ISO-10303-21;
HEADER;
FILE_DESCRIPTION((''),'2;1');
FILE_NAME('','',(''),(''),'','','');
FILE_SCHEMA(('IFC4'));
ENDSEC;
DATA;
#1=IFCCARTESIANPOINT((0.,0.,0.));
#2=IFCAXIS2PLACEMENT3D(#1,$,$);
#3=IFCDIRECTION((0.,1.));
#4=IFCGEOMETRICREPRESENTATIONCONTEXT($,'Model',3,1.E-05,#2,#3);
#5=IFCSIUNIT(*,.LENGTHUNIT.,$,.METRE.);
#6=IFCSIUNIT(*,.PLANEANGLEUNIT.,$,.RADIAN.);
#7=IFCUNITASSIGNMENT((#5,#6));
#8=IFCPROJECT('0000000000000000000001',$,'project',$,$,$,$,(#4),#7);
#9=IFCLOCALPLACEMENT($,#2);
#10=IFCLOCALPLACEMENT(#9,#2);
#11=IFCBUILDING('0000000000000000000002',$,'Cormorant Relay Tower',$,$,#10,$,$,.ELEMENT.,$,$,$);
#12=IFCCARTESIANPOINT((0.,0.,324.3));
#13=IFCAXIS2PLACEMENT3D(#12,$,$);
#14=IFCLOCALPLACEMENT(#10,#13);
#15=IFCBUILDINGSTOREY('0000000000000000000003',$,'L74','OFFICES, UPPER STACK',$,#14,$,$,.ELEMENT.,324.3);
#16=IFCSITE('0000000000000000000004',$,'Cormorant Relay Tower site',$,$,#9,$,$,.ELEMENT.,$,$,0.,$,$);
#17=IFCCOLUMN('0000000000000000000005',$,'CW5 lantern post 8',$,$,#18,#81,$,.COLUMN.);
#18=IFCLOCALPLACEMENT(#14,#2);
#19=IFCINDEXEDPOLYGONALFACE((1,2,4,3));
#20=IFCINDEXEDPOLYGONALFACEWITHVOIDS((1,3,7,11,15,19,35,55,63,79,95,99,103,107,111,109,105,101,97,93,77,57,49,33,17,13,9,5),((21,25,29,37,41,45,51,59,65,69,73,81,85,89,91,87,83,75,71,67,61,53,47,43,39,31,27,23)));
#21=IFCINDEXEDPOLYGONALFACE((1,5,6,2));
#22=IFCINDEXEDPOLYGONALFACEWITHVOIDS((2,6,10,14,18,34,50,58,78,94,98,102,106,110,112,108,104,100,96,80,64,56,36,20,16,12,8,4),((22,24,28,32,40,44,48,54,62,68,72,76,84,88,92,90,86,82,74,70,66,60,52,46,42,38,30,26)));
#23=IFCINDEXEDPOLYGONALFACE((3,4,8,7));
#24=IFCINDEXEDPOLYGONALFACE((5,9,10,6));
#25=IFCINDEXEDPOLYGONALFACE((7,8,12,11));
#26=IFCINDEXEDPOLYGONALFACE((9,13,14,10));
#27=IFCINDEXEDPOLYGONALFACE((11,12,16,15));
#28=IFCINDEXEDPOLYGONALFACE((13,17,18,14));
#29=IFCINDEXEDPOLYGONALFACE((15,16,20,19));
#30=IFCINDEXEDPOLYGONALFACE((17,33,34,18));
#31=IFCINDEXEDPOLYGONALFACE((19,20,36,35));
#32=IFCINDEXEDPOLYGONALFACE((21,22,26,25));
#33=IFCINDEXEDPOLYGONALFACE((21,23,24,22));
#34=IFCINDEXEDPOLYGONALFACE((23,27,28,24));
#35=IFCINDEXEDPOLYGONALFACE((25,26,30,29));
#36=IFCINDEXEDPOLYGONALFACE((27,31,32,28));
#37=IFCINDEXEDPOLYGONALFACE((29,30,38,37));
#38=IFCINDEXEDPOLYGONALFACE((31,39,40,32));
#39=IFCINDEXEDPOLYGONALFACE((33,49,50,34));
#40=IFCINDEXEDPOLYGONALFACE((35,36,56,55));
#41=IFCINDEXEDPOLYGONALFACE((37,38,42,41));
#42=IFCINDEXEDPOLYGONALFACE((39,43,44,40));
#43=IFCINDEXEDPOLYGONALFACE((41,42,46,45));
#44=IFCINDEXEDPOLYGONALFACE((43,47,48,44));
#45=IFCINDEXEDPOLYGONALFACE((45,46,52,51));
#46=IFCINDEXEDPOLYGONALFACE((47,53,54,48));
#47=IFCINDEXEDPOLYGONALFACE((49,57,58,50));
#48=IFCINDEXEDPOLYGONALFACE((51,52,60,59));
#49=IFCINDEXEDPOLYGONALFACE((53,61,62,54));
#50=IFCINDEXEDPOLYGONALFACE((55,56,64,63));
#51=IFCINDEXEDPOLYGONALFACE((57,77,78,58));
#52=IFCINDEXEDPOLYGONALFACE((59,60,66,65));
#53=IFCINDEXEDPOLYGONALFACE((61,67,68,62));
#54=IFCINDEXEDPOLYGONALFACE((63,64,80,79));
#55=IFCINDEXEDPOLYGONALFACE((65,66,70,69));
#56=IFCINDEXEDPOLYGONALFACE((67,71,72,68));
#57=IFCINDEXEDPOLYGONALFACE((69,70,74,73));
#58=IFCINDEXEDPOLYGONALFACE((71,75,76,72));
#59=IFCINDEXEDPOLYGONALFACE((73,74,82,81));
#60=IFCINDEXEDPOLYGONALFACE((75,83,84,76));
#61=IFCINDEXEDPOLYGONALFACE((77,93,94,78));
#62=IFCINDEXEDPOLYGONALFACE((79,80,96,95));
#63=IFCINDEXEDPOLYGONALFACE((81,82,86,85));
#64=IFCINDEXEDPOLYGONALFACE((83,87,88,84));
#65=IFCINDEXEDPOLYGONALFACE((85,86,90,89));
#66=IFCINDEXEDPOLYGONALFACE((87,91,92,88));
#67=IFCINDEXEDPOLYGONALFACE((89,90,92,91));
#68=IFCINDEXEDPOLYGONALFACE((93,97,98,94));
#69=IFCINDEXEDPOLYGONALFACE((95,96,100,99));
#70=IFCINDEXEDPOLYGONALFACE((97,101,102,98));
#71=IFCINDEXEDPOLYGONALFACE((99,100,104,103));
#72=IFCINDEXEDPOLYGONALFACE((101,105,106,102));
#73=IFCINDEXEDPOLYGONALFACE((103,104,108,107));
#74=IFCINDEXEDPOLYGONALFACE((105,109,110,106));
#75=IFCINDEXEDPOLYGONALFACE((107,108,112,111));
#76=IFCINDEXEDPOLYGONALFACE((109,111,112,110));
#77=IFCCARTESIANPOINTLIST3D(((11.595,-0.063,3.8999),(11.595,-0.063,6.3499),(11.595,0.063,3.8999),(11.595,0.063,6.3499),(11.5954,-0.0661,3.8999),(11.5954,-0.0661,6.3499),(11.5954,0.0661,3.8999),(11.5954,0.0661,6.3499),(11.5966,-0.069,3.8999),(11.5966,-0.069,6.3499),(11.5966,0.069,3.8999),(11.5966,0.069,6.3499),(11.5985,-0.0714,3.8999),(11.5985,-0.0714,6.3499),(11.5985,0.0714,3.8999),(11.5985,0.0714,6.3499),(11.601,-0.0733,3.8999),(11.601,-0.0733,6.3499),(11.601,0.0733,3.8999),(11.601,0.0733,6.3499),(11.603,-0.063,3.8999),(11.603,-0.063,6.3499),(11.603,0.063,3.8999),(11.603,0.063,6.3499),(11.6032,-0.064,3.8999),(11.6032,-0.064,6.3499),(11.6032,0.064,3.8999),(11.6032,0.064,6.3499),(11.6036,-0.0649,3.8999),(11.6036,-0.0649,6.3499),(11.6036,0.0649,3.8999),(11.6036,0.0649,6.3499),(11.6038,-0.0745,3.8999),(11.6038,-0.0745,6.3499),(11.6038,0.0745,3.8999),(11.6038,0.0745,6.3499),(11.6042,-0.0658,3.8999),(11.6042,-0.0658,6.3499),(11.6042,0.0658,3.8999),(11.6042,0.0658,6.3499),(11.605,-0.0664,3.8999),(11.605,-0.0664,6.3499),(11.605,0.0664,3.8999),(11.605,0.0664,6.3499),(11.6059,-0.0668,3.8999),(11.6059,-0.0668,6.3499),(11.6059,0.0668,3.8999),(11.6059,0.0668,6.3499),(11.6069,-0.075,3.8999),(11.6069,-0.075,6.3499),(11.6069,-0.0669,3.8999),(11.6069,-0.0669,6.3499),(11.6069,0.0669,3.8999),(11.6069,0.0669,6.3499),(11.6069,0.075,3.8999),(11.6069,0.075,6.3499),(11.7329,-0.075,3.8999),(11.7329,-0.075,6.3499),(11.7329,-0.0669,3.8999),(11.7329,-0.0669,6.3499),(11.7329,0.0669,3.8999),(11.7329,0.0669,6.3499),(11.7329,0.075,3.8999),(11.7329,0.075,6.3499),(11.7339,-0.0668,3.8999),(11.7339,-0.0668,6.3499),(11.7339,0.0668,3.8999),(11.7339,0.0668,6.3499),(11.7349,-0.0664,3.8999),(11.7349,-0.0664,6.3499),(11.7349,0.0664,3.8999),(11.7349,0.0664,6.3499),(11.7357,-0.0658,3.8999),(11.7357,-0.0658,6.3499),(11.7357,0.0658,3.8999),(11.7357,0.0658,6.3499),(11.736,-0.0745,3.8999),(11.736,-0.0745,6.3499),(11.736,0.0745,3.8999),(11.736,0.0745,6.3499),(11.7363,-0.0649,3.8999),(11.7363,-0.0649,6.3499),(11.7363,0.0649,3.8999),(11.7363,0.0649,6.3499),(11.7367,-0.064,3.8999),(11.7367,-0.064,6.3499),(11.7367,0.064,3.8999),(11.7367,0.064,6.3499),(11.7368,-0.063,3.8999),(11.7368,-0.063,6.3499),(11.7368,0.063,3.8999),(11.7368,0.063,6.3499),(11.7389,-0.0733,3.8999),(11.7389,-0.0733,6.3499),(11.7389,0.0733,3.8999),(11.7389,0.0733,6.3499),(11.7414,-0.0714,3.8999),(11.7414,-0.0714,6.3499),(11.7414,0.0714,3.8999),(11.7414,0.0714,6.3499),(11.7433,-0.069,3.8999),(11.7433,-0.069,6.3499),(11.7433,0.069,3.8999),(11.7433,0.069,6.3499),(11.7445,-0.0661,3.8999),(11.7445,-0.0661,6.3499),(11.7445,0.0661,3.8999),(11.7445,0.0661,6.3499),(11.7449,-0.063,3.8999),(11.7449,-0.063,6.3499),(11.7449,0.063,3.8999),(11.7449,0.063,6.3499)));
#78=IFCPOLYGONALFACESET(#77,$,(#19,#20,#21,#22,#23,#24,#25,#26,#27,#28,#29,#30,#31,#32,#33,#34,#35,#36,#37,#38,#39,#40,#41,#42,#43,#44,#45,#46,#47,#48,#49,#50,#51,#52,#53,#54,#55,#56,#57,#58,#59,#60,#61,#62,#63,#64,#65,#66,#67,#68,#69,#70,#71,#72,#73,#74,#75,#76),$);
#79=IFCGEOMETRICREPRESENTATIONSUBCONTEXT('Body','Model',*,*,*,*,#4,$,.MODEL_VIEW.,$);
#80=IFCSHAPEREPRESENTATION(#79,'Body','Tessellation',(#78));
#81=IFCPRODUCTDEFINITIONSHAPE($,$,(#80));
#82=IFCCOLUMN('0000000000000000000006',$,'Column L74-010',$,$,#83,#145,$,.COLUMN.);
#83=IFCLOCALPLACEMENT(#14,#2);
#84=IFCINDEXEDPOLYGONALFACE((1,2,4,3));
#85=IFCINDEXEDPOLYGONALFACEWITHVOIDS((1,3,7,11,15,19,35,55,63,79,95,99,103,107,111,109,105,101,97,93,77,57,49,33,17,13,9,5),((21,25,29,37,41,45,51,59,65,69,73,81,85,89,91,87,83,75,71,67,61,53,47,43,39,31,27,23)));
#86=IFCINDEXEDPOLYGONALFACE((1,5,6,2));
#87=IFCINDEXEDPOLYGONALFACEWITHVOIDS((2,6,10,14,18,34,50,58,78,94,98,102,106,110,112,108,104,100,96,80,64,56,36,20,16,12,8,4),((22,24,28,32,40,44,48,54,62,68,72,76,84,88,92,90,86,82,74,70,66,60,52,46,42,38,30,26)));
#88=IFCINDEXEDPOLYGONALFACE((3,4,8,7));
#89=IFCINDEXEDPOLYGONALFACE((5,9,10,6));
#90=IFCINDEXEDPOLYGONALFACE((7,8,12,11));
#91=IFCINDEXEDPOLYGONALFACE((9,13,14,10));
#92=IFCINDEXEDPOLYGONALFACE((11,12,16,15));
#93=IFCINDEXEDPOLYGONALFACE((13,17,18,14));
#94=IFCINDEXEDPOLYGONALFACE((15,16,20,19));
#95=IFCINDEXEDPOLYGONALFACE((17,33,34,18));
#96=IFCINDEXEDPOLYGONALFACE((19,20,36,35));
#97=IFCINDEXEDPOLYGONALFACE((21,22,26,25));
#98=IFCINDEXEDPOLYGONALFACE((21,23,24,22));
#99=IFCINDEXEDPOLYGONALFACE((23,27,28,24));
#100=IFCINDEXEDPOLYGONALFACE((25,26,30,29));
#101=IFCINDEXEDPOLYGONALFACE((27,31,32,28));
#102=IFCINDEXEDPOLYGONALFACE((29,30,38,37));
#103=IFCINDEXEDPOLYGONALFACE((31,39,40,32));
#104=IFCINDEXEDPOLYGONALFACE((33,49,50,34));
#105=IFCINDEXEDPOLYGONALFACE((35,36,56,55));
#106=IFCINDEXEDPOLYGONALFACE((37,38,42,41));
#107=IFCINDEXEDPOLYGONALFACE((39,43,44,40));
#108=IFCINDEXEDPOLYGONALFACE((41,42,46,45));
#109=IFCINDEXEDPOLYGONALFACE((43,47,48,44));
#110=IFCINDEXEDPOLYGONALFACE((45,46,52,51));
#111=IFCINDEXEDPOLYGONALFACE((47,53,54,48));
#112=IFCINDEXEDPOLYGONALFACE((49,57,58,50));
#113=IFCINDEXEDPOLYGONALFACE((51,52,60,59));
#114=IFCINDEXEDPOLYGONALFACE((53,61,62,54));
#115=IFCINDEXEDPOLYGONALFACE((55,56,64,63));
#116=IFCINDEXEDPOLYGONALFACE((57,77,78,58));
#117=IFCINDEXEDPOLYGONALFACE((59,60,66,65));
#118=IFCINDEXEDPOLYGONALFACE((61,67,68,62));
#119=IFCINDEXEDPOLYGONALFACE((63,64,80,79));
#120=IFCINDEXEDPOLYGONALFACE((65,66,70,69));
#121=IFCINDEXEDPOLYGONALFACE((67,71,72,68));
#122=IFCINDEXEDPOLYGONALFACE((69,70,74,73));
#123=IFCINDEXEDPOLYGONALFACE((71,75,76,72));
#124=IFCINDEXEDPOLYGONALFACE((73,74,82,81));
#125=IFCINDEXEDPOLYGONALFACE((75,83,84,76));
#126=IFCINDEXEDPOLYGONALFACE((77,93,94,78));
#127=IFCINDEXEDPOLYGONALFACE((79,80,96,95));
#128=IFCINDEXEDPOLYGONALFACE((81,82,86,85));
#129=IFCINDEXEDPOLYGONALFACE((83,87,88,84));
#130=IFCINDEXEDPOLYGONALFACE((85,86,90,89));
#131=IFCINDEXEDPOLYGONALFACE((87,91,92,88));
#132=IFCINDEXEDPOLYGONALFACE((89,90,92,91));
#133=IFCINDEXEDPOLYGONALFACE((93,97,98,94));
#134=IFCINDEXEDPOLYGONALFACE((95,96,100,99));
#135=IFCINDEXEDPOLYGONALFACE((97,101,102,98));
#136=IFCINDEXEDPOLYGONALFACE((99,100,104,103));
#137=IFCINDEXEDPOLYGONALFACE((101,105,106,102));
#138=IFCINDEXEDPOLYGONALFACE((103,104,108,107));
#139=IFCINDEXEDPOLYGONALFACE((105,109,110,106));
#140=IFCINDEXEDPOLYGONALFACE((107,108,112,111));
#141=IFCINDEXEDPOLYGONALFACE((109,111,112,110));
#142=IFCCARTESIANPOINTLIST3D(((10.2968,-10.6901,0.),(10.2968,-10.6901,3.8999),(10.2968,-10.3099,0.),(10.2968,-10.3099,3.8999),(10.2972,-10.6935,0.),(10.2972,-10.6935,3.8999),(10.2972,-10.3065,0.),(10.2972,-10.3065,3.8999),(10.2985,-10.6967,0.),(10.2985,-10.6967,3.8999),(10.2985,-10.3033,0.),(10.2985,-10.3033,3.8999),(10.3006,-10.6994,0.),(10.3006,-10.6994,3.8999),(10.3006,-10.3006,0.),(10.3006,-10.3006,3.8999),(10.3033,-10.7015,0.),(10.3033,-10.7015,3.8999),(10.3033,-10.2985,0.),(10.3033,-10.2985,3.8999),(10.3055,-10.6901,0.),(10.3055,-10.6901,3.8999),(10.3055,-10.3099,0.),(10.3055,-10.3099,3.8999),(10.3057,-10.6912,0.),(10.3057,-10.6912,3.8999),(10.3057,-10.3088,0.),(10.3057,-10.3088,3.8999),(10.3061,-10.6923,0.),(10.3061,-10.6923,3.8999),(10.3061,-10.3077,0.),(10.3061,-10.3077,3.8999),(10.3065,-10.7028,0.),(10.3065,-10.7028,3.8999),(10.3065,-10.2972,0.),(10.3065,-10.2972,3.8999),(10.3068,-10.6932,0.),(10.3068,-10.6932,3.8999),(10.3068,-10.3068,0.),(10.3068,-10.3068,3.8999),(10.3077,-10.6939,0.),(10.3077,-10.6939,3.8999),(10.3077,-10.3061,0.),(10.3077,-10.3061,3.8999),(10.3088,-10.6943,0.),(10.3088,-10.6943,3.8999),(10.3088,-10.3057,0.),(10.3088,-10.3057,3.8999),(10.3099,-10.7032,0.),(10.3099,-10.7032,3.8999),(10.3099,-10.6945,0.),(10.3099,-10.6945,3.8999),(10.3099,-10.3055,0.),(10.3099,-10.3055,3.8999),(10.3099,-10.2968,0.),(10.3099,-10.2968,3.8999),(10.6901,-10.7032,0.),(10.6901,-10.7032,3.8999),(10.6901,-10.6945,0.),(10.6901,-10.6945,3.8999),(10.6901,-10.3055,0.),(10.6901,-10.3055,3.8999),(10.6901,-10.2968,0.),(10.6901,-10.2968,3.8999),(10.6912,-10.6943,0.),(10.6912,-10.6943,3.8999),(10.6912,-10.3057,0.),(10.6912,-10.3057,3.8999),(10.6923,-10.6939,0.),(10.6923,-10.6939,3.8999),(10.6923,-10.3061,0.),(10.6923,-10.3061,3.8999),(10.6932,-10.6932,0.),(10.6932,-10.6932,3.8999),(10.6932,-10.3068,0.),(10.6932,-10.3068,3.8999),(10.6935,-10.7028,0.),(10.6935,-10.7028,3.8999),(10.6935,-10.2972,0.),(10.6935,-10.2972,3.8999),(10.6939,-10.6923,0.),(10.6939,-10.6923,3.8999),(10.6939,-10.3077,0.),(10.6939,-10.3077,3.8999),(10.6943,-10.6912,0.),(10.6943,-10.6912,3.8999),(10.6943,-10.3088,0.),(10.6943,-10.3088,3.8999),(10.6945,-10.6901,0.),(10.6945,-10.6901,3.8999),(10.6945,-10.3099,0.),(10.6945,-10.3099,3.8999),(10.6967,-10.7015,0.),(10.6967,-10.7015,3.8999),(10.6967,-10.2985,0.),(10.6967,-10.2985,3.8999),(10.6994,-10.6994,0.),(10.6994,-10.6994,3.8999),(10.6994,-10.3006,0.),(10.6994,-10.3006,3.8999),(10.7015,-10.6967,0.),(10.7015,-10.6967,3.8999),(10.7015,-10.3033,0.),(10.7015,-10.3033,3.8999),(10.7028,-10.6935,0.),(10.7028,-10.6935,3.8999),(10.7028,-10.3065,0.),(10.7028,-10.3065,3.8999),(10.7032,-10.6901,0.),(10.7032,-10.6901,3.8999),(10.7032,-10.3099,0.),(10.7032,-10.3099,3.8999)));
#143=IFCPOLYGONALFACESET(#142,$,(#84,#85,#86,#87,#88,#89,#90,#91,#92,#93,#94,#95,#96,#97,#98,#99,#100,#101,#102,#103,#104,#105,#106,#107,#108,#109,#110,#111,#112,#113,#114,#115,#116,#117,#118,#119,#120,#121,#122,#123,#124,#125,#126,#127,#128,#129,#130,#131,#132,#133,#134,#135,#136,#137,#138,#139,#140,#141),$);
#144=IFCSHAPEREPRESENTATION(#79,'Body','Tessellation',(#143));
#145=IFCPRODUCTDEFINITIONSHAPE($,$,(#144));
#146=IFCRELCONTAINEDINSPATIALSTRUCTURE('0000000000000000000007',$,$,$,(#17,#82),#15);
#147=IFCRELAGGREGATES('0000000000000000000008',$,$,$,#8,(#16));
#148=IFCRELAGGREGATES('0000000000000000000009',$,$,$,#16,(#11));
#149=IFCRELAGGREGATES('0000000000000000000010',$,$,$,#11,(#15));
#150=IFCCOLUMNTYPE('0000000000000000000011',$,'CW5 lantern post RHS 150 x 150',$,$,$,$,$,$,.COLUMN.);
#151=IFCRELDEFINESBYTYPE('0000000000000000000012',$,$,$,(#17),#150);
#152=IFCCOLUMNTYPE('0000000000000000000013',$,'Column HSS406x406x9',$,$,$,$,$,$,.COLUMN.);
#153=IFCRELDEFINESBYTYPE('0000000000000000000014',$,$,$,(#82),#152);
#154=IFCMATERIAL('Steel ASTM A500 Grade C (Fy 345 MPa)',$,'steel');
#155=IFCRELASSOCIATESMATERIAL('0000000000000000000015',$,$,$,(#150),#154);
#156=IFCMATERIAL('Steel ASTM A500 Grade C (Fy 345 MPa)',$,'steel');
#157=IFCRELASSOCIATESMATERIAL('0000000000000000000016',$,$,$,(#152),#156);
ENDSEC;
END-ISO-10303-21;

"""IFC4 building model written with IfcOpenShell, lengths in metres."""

from ifc_helpers import new_model, si_unit, direction, frame, origin, origin_2d, place, context, subcontext, project, spatial, hollow_rectangle, extrude, material, material_profile, profile_set, type_object, element, save


model = new_model("IFC4")

# Units and contexts
model_context = context("Model", 3, precision=1e-05, world=origin(), true_north=direction((0.0, 1.0)))
body_context = subcontext(model_context, "Body", "Model", "MODEL_VIEW")
ifc_project = project(units=[si_unit("LENGTHUNIT", "METRE"), si_unit("PLANEANGLEUNIT", "RADIAN")], contexts=[model_context])

# Site, building, storey
site_placement = place(None, origin())
site = spatial("IfcSite", under=ifc_project, at=site_placement, Name="Cormorant Relay Tower site", CompositionType="ELEMENT", RefElevation=0.0)
building_placement = place(site_placement, origin())
building = spatial("IfcBuilding", under=site, at=building_placement, Name="Cormorant Relay Tower", CompositionType="ELEMENT")
storey_placement = place(building_placement, frame((0.0, 0.0, 324.3)))
storey = spatial("IfcBuildingStorey", under=building, at=storey_placement, Name="L74", Description="OFFICES, UPPER STACK", CompositionType="ELEMENT", Elevation=324.3)

# Columns
ifc_material_1 = material(Name="Steel ASTM A500 Grade C (Fy 345 MPa)", Category="steel")
ifc_material_profile_1 = material_profile(ifc_material_1, hollow_rectangle(XDim=0.1499, YDim=0.1499, WallThickness=0.0081, InnerFilletRadius=0.0039, OuterFilletRadius=0.012, at=origin_2d()), Name="RHS150x150x8")
ifc_profile_set_1 = profile_set([ifc_material_profile_1], Name="Steel ASTM A500 Grade C (Fy 345 MPa)")
column_type_1 = type_object("IfcColumnType", Name="CW5 lantern post RHS 150 x 150", PredefinedType="COLUMN", material=ifc_profile_set_1)
for number, where, z_axis, x_axis, name in (
    (1, (11.6699, 0.0, 3.8999), (0.0, 0.0, 1.0), (1.0, 0.0, 0.0), "CW5 lantern post 8"),
):
    element("IfcColumn", number, at=place(storey_placement, frame(where, z_axis=z_axis, x_axis=x_axis)), inside=storey, type_object=column_type_1, Name=name, PredefinedType="COLUMN", context=body_context, shape_type="SweptSolid", body=[
        extrude(hollow_rectangle(XDim=0.1499, YDim=0.1499, WallThickness=0.0081, InnerFilletRadius=0.0039, OuterFilletRadius=0.012, at=origin_2d()), origin(), (0.0, 0.0, 1.0), 2.45),
    ])
ifc_material_2 = material(Name="Steel ASTM A500 Grade C (Fy 345 MPa)", Category="steel")
ifc_material_profile_2 = material_profile(ifc_material_2, hollow_rectangle(XDim=0.4065, YDim=0.4065, WallThickness=0.0088, InnerFilletRadius=0.0044, OuterFilletRadius=0.0132, at=origin_2d()), Name="HSS406x406x9")
ifc_profile_set_2 = profile_set([ifc_material_profile_2], Name="Steel ASTM A500 Grade C (Fy 345 MPa)")
column_type_2 = type_object("IfcColumnType", Name="Column HSS406x406x9", PredefinedType="COLUMN", material=ifc_profile_set_2)
for number, where, z_axis, x_axis, name in (
    (2, (10.5, -10.5, 0.0), (0.0, 0.0, 1.0), (1.0, 0.0, 0.0), "Column L74-010"),
):
    element("IfcColumn", number, at=place(storey_placement, frame(where, z_axis=z_axis, x_axis=x_axis)), inside=storey, type_object=column_type_2, Name=name, PredefinedType="COLUMN", context=body_context, shape_type="SweptSolid", body=[
        extrude(hollow_rectangle(XDim=0.4065, YDim=0.4065, WallThickness=0.0088, InnerFilletRadius=0.0044, OuterFilletRadius=0.0132, at=origin_2d()), origin(), (0.0, 0.0, 1.0), 3.8999),
    ])

save(model, "model.ifc")
